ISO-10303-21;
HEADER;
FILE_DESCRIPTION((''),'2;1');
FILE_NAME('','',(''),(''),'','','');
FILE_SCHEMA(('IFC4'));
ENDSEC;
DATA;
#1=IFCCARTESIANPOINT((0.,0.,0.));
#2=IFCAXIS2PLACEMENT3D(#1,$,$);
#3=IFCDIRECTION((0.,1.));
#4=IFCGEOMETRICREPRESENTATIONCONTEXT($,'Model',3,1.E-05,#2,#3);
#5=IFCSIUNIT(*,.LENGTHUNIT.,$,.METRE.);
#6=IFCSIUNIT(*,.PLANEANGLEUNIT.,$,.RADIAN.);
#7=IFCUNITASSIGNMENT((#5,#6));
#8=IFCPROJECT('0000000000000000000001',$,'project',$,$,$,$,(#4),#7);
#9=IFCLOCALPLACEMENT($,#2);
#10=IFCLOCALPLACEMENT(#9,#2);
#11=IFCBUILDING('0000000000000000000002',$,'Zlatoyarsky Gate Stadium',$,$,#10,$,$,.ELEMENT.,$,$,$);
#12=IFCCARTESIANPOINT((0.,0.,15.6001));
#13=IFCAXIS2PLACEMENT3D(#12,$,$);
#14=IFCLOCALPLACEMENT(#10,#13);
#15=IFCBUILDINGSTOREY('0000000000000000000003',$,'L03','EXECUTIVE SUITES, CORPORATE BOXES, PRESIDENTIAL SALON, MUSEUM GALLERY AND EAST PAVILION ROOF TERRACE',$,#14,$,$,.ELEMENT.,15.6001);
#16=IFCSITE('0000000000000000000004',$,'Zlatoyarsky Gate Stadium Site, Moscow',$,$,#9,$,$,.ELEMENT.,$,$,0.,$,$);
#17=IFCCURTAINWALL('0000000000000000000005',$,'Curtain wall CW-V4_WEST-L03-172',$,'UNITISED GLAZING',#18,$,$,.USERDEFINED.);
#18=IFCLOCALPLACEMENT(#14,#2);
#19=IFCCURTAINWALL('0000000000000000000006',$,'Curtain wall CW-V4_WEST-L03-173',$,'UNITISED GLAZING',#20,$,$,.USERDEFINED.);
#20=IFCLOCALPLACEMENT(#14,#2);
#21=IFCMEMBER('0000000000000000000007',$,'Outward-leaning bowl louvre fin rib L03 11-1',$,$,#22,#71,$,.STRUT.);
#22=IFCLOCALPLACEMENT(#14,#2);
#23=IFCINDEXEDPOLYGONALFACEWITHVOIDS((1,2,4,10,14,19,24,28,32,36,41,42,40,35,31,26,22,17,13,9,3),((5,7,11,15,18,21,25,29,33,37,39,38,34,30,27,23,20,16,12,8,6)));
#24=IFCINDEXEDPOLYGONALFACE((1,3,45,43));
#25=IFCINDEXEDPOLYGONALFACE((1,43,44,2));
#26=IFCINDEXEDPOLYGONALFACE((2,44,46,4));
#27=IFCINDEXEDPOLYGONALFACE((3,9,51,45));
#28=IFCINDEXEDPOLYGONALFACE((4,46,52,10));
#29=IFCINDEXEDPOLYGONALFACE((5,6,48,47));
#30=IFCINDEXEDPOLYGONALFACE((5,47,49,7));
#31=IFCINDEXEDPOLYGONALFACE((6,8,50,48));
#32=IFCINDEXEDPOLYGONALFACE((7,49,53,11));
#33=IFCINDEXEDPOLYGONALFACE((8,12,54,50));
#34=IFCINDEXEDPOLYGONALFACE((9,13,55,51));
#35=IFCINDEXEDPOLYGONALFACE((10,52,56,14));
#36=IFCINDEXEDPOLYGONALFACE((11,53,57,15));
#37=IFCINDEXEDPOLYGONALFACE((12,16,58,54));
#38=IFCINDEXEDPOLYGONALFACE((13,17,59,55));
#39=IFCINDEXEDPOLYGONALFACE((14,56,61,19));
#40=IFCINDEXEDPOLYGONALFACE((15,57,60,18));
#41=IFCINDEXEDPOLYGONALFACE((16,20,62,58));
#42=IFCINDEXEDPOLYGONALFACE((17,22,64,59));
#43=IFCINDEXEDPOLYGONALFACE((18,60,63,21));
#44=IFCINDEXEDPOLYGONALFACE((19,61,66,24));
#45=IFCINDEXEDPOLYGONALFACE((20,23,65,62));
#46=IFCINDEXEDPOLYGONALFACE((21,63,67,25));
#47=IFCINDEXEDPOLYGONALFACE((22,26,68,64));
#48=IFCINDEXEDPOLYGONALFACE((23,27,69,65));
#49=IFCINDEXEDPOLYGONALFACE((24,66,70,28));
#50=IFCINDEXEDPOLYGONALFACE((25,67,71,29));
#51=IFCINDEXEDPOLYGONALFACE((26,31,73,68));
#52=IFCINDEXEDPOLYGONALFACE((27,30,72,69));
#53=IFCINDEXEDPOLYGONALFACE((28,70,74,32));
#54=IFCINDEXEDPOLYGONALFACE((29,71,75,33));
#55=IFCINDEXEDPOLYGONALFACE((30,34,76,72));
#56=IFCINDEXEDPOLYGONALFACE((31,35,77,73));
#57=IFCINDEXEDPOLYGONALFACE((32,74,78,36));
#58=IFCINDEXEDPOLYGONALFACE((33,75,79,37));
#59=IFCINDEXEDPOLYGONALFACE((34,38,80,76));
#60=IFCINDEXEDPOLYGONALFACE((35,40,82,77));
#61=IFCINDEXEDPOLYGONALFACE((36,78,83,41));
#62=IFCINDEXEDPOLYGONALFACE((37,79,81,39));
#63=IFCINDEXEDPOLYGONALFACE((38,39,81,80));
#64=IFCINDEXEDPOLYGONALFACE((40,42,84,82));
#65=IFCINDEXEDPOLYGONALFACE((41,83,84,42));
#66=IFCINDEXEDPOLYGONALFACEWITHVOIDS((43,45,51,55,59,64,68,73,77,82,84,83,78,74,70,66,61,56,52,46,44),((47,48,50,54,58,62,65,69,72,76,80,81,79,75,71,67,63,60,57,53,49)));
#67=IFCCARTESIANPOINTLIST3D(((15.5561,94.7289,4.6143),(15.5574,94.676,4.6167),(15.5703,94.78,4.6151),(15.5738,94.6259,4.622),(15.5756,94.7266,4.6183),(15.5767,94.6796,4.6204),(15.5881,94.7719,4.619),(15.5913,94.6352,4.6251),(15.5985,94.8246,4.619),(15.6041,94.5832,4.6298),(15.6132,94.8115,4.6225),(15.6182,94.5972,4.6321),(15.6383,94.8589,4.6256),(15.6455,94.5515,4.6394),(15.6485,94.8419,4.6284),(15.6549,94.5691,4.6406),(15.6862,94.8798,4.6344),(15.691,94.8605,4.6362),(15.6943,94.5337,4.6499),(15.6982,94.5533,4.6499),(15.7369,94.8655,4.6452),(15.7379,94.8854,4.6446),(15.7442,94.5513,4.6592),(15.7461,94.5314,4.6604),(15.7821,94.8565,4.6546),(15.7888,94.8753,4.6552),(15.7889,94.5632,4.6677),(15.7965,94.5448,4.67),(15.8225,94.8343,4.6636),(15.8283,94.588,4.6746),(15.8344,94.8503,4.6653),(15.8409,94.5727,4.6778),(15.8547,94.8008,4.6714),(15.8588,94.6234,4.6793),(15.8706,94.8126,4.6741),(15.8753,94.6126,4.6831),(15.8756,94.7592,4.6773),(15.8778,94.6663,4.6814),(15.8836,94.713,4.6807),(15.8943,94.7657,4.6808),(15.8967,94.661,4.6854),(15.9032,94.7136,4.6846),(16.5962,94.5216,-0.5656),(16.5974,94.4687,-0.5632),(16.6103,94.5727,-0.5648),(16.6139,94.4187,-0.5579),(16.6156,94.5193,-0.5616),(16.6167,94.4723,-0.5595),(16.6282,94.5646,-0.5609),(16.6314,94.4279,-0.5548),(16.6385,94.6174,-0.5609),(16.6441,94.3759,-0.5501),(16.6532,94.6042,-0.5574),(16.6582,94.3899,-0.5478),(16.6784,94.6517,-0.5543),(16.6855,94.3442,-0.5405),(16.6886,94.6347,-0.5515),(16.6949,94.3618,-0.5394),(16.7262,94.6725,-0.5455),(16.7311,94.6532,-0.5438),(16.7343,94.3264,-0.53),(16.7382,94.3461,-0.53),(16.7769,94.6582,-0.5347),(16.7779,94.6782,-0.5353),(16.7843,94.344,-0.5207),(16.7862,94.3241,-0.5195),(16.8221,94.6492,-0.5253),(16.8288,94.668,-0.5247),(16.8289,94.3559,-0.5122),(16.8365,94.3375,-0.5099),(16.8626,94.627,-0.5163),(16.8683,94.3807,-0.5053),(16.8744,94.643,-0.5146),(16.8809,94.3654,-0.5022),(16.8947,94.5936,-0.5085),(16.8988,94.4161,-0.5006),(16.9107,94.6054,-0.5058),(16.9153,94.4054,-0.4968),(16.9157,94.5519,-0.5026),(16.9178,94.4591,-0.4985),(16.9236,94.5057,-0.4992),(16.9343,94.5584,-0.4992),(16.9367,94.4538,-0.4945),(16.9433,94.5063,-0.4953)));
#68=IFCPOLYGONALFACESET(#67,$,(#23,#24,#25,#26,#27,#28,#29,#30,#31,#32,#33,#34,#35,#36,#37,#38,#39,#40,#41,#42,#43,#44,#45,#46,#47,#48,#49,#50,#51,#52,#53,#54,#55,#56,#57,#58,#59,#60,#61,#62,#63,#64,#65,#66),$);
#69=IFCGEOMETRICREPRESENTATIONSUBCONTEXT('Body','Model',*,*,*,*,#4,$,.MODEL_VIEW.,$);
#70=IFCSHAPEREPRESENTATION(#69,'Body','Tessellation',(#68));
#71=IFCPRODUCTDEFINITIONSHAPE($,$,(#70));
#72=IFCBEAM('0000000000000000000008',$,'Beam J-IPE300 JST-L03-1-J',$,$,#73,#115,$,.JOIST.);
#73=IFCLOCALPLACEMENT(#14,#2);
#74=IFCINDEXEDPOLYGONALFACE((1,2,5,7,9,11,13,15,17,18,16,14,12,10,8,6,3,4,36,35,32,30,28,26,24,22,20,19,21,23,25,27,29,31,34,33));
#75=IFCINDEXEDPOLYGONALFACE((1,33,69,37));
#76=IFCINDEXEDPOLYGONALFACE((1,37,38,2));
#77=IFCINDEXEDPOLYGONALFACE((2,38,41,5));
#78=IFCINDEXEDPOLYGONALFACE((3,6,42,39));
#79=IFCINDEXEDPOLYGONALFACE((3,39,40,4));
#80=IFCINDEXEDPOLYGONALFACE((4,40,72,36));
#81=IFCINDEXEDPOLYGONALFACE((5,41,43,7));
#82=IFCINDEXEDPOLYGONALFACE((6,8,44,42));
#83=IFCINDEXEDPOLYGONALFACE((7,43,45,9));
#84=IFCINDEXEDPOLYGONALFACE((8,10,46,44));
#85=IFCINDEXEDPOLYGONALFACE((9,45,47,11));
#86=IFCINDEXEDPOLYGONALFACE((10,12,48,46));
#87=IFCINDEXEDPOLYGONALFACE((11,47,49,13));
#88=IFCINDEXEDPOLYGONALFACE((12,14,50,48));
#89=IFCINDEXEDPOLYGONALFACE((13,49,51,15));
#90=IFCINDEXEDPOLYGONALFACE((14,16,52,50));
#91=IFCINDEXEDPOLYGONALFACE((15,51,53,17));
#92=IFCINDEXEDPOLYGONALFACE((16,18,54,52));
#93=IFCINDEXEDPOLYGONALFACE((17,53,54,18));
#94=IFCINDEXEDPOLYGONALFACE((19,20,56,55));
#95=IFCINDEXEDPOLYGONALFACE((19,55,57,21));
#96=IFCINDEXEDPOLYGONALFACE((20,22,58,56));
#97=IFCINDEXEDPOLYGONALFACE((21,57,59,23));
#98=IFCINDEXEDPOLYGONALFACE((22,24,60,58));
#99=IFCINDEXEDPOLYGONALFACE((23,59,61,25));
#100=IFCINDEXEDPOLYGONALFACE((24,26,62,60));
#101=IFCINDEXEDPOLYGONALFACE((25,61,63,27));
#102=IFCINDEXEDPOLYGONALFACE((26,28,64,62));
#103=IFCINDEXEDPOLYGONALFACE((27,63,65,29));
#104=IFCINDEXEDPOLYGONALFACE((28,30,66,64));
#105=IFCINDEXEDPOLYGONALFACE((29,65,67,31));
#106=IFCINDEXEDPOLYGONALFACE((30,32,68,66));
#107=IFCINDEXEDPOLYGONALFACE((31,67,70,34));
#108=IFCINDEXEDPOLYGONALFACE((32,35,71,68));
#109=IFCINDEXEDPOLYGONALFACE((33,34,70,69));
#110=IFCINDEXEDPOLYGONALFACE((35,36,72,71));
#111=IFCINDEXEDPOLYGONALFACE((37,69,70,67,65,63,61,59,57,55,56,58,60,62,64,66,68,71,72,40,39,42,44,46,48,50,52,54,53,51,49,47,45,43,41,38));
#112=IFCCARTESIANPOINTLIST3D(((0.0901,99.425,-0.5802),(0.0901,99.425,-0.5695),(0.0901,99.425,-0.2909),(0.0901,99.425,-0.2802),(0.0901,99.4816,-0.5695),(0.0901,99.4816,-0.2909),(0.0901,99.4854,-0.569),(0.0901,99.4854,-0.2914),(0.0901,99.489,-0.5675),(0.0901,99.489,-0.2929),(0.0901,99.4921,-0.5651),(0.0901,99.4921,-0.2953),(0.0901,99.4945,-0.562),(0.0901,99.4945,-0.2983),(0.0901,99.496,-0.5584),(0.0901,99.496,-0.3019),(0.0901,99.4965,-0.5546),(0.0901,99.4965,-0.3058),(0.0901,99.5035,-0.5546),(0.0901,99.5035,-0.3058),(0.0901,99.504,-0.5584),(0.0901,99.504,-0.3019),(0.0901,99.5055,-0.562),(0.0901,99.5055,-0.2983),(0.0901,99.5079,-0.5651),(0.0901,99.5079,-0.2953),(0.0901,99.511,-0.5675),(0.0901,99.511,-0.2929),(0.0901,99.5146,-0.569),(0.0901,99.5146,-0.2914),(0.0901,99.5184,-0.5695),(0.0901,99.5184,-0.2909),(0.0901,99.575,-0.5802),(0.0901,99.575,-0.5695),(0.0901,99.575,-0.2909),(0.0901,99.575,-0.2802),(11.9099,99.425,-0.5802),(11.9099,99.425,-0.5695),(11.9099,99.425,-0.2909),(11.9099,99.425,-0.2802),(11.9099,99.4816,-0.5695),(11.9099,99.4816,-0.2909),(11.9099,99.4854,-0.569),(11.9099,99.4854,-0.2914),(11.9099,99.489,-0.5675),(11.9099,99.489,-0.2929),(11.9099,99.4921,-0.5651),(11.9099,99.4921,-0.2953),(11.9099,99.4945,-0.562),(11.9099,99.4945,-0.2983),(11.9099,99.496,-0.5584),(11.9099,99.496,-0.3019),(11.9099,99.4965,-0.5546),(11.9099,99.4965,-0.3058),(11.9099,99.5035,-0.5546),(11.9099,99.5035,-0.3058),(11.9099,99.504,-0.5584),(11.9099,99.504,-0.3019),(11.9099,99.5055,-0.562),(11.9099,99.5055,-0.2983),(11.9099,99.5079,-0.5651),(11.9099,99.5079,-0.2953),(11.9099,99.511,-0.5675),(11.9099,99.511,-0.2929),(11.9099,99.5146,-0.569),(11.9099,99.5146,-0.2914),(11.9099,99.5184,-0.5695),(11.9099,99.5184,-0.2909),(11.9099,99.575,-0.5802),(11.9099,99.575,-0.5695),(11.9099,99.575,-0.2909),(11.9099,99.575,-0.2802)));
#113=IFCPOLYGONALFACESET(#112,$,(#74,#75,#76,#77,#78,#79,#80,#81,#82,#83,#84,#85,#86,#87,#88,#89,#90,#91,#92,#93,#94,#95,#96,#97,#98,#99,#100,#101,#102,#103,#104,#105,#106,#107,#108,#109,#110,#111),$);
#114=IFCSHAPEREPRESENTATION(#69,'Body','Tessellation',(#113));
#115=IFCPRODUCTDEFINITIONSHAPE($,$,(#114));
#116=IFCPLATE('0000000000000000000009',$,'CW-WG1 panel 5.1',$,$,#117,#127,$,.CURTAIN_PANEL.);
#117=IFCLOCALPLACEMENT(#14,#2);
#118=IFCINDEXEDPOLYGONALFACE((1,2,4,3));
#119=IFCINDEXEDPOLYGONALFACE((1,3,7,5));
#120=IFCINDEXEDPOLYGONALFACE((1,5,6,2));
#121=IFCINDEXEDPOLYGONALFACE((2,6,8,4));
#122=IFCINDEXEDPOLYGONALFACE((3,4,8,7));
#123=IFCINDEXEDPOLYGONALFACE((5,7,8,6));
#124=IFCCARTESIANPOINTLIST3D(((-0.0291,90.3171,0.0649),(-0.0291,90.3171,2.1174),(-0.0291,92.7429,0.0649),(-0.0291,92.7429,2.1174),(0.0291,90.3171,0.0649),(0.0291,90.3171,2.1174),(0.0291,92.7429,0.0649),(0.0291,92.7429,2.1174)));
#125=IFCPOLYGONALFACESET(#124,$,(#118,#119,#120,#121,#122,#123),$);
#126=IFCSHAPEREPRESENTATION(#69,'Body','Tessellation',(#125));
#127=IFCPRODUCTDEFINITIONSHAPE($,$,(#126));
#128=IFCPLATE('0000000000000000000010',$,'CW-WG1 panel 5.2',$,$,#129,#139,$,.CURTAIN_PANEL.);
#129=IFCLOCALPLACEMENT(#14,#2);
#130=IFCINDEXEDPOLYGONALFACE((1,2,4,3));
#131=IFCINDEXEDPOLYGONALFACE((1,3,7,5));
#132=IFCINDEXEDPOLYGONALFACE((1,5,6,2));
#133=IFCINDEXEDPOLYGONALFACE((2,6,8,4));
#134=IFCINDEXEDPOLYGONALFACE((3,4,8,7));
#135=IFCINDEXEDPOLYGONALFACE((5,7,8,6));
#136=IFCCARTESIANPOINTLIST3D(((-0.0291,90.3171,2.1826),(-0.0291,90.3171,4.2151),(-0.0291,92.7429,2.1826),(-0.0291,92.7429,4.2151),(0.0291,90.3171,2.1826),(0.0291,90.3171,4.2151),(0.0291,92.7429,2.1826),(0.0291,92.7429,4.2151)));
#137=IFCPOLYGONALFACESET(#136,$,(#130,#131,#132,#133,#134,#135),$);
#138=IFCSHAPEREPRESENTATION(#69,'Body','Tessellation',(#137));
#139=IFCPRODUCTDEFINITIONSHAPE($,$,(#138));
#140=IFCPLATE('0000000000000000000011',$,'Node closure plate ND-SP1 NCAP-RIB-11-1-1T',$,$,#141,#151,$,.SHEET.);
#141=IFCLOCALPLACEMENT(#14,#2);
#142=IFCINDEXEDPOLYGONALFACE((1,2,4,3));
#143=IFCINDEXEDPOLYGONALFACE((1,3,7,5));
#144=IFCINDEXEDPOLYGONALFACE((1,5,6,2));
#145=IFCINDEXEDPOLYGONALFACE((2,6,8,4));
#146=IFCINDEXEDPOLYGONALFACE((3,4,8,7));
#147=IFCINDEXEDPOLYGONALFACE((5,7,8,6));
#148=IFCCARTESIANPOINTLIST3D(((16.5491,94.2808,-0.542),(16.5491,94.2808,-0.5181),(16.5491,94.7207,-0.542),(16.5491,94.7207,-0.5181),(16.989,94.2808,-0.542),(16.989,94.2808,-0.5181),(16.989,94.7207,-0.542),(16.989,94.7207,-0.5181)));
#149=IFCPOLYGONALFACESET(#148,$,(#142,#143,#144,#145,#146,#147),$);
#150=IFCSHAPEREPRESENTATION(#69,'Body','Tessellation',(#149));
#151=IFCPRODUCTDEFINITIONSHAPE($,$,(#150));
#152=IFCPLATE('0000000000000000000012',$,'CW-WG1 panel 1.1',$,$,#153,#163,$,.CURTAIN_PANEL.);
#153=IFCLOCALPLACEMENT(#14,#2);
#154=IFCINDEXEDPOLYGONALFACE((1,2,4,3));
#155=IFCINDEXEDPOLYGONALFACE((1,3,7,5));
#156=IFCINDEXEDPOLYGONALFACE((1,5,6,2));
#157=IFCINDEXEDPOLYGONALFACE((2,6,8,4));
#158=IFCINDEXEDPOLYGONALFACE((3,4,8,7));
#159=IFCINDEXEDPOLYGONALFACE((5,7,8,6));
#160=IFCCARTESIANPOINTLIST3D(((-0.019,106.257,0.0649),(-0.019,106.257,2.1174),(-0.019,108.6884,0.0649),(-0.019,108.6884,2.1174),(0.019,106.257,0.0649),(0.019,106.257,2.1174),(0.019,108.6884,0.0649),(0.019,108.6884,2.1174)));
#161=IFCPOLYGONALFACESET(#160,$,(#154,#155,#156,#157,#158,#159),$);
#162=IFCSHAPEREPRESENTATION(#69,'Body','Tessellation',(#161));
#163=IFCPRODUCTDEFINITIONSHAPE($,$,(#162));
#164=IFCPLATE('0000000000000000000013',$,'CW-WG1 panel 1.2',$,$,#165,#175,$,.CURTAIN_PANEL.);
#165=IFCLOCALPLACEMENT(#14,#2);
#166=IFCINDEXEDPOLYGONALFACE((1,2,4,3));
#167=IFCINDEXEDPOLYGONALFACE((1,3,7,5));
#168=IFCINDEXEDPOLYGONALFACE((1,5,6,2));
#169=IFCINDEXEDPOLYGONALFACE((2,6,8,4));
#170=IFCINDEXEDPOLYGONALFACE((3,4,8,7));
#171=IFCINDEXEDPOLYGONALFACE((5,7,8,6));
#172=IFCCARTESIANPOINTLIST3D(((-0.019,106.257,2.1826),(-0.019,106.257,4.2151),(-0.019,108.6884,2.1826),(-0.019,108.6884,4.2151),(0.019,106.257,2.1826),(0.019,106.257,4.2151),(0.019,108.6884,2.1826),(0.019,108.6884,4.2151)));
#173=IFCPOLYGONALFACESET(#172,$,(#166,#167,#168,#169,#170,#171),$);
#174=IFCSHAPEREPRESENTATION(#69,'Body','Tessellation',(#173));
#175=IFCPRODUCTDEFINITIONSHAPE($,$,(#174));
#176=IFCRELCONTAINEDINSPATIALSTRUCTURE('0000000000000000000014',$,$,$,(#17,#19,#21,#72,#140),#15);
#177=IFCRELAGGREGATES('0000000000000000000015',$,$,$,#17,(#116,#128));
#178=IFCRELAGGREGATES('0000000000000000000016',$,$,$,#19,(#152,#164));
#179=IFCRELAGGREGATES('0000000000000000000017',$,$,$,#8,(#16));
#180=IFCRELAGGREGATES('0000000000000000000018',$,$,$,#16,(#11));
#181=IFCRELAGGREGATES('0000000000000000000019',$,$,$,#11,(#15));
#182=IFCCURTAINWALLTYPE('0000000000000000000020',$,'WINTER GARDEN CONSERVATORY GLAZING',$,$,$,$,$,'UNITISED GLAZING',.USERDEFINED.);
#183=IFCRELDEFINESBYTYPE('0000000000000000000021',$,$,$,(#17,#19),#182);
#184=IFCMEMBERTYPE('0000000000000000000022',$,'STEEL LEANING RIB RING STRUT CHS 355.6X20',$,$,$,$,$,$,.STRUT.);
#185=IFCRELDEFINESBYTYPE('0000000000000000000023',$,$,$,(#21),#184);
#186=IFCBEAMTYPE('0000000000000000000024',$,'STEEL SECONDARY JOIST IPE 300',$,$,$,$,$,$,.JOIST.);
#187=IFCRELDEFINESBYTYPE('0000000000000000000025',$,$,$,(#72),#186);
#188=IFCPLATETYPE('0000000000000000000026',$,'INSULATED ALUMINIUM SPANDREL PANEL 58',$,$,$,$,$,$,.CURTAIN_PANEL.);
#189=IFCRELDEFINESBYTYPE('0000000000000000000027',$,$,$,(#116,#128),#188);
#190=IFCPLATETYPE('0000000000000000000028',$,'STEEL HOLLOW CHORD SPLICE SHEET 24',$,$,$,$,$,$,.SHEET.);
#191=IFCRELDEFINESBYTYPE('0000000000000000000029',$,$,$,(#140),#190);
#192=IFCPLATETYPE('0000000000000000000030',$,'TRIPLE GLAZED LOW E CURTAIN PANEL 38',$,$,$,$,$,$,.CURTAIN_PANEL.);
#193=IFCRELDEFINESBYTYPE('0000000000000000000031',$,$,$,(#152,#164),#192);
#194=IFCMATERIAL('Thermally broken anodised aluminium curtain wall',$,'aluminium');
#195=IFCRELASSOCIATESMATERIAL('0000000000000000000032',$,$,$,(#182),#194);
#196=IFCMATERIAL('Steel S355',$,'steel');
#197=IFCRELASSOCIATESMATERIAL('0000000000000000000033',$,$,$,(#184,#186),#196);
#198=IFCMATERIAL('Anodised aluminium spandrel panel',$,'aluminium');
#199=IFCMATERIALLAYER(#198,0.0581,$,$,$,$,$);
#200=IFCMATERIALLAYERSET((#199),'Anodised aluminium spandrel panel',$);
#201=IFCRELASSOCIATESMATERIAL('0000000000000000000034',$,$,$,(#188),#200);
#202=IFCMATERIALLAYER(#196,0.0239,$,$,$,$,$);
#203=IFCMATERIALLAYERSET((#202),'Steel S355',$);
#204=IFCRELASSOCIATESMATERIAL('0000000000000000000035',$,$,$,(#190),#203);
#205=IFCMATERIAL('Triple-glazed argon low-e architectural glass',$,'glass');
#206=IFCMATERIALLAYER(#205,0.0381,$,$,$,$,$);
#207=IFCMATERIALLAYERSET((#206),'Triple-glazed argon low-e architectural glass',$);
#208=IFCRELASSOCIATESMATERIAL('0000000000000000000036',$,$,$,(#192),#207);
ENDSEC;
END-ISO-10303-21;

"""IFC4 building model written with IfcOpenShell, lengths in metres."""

from ifc_helpers import new_model, si_unit, direction, frame, origin, origin_2d, place, context, subcontext, project, spatial, rectangle, hollow_circle, i_section, extrude, material, layer, layer_set, material_profile, profile_set, type_object, element, aggregate, save


model = new_model("IFC4")

# Units and contexts
model_context = context("Model", 3, precision=1e-05, world=origin(), true_north=direction((0.0, 1.0)))
body_context = subcontext(model_context, "Body", "Model", "MODEL_VIEW")
ifc_project = project(units=[si_unit("LENGTHUNIT", "METRE"), si_unit("PLANEANGLEUNIT", "RADIAN")], contexts=[model_context])

# Site, building, storey
site_placement = place(None, origin())
site = spatial("IfcSite", under=ifc_project, at=site_placement, Name="Zlatoyarsky Gate Stadium Site, Moscow", CompositionType="ELEMENT", RefElevation=0.0)
building_placement = place(site_placement, origin())
building = spatial("IfcBuilding", under=site, at=building_placement, Name="Zlatoyarsky Gate Stadium", CompositionType="ELEMENT")
storey_placement = place(building_placement, frame((0.0, 0.0, 15.6001)))
storey = spatial("IfcBuildingStorey", under=building, at=storey_placement, Name="L03", Description="EXECUTIVE SUITES, CORPORATE BOXES, PRESIDENTIAL SALON, MUSEUM GALLERY AND EAST PAVILION ROOF TERRACE", CompositionType="ELEMENT", Elevation=15.6001)

# Shared definitions
ifc_material_1 = material(Name="Steel S355", Category="steel")

# Curtain wall
ifc_material_2 = material(Name="Thermally broken anodised aluminium curtain wall", Category="aluminium")
curtain_wall_type = type_object("IfcCurtainWallType", Name="WINTER GARDEN CONSERVATORY GLAZING", ElementType="UNITISED GLAZING", PredefinedType="USERDEFINED", material=ifc_material_2)
curtain_wall_1_placement = place(storey_placement, origin())
curtain_wall_1 = element("IfcCurtainWall", 1, at=curtain_wall_1_placement, inside=storey, type_object=curtain_wall_type, Name="Curtain wall CW-V4_WEST-L03-172", ObjectType="UNITISED GLAZING", PredefinedType="USERDEFINED")

# Curtain wall
curtain_wall_2_placement = place(storey_placement, origin())
curtain_wall_2 = element("IfcCurtainWall", 2, at=curtain_wall_2_placement, inside=storey, type_object=curtain_wall_type, Name="Curtain wall CW-V4_WEST-L03-173", ObjectType="UNITISED GLAZING", PredefinedType="USERDEFINED")

# Member
ifc_material_profile_1 = material_profile(ifc_material_1, hollow_circle(Radius=0.1777, WallThickness=0.02, at=origin_2d()), Name="CHS 355.6X20")
ifc_profile_set_1 = profile_set([ifc_material_profile_1], Name="Steel S355")
member_type_1 = type_object("IfcMemberType", Name="STEEL LEANING RIB RING STRUT CHS 355.6X20", PredefinedType="STRUT", material=ifc_profile_set_1)
member_1_placement = place(storey_placement, frame((16.769, 94.5007, -0.53), z_axis=(-0.196702, 0.039202, 0.979679), x_axis=(-0.195452, -0.980713, 0.0)))
element("IfcMember", 3, at=member_1_placement, inside=storey, type_object=member_type_1, Name="Outward-leaning bowl louvre fin rib L03 11-1", PredefinedType="STRUT", context=body_context, shape_type="SweptSolid", body=[
    extrude(hollow_circle(Radius=0.1777, WallThickness=0.02, at=origin_2d()), origin(), (0.0, 0.0, 1.0), 5.2874),
])

# Beam
ifc_material_profile_2 = material_profile(ifc_material_1, i_section(OverallWidth=0.1499, OverallDepth=0.3, WebThickness=0.0071, FlangeThickness=0.0107, FilletRadius=0.0149, at=origin_2d()), Name="IPE 300")
ifc_profile_set_2 = profile_set([ifc_material_profile_2], Name="Steel S355")
beam_type_1 = type_object("IfcBeamType", Name="STEEL SECONDARY JOIST IPE 300", PredefinedType="JOIST", material=ifc_profile_set_2)
beam_1_placement = place(storey_placement, frame((0.0901, 99.5, -0.4302), z_axis=(1.0, 0.0, 0.0), x_axis=(0.0, 1.0, 0.0)))
element("IfcBeam", 4, at=beam_1_placement, inside=storey, type_object=beam_type_1, Name="Beam J-IPE300 JST-L03-1-J", PredefinedType="JOIST", context=body_context, shape_type="SweptSolid", body=[
    extrude(i_section(OverallWidth=0.1499, OverallDepth=0.3, WebThickness=0.0071, FlangeThickness=0.0107, FilletRadius=0.0149, at=origin_2d()), origin(), (0.0, 0.0, 1.0), 11.8198),
])

# Plates
ifc_material_3 = material(Name="Anodised aluminium spandrel panel", Category="aluminium")
ifc_layer_1 = layer(ifc_material_3, 0.0581)
ifc_layer_set_1 = layer_set([ifc_layer_1], Name="Anodised aluminium spandrel panel")
plate_type_1 = type_object("IfcPlateType", Name="INSULATED ALUMINIUM SPANDREL PANEL 58", PredefinedType="CURTAIN_PANEL", material=ifc_layer_set_1)
plate_1_placement = place(storey_placement, frame((0.0, 91.53, 0.0649), z_axis=(0.0, 0.0, 1.0), x_axis=(0.0, 1.0, 0.0)))
plate_1 = element("IfcPlate", 5, at=plate_1_placement, type_object=plate_type_1, Name="CW-WG1 panel 5.1", PredefinedType="CURTAIN_PANEL", context=body_context, shape_type="SweptSolid", body=[
    extrude(rectangle(XDim=2.4258, YDim=0.0581, at=origin_2d()), origin(), (0.0, 0.0, 1.0), 2.0525),
])
plate_2_placement = place(storey_placement, frame((0.0, 91.53, 2.1826), z_axis=(0.0, 0.0, 1.0), x_axis=(0.0, 1.0, 0.0)))
plate_2 = element("IfcPlate", 6, at=plate_2_placement, type_object=plate_type_1, Name="CW-WG1 panel 5.2", PredefinedType="CURTAIN_PANEL", context=body_context, shape_type="SweptSolid", body=[
    extrude(rectangle(XDim=2.4258, YDim=0.0581, at=origin_2d()), origin(), (0.0, 0.0, 1.0), 2.0325),
])
aggregate(curtain_wall_1, [plate_1, plate_2])
ifc_layer_2 = layer(ifc_material_1, 0.0239)
ifc_layer_set_2 = layer_set([ifc_layer_2], Name="Steel S355")
plate_type_2 = type_object("IfcPlateType", Name="STEEL HOLLOW CHORD SPLICE SHEET 24", PredefinedType="SHEET", material=ifc_layer_set_2)
plate_3_placement = place(storey_placement, frame((16.769, 94.5007, -0.542), z_axis=(0.0, 0.0, 1.0), x_axis=(1.0, 0.0, 0.0)))
element("IfcPlate", 7, at=plate_3_placement, inside=storey, type_object=plate_type_2, Name="Node closure plate ND-SP1 NCAP-RIB-11-1-1T", PredefinedType="SHEET", context=body_context, shape_type="SweptSolid", body=[
    extrude(rectangle(XDim=0.4399, YDim=0.4399, at=origin_2d()), origin(), (0.0, 0.0, 1.0), 0.0239),
])
ifc_material_4 = material(Name="Triple-glazed argon low-e architectural glass", Category="glass")
ifc_layer_3 = layer(ifc_material_4, 0.0381)
ifc_layer_set_3 = layer_set([ifc_layer_3], Name="Triple-glazed argon low-e architectural glass")
plate_type_3 = type_object("IfcPlateType", Name="TRIPLE GLAZED LOW E CURTAIN PANEL 38", PredefinedType="CURTAIN_PANEL", material=ifc_layer_set_3)
plate_4_placement = place(storey_placement, frame((0.0, 107.4727, 0.0649), z_axis=(0.0, 0.0, 1.0), x_axis=(0.0, 1.0, 0.0)))
plate_4 = element("IfcPlate", 8, at=plate_4_placement, type_object=plate_type_3, Name="CW-WG1 panel 1.1", PredefinedType="CURTAIN_PANEL", context=body_context, shape_type="SweptSolid", body=[
    extrude(rectangle(XDim=2.4314, YDim=0.0381, at=origin_2d()), origin(), (0.0, 0.0, 1.0), 2.0525),
])
plate_5_placement = place(storey_placement, frame((0.0, 107.4727, 2.1826), z_axis=(0.0, 0.0, 1.0), x_axis=(0.0, 1.0, 0.0)))
plate_5 = element("IfcPlate", 9, at=plate_5_placement, type_object=plate_type_3, Name="CW-WG1 panel 1.2", PredefinedType="CURTAIN_PANEL", context=body_context, shape_type="SweptSolid", body=[
    extrude(rectangle(XDim=2.4314, YDim=0.0381, at=origin_2d()), origin(), (0.0, 0.0, 1.0), 2.0325),
])
aggregate(curtain_wall_2, [plate_4, plate_5])

save(model, "model.ifc")
